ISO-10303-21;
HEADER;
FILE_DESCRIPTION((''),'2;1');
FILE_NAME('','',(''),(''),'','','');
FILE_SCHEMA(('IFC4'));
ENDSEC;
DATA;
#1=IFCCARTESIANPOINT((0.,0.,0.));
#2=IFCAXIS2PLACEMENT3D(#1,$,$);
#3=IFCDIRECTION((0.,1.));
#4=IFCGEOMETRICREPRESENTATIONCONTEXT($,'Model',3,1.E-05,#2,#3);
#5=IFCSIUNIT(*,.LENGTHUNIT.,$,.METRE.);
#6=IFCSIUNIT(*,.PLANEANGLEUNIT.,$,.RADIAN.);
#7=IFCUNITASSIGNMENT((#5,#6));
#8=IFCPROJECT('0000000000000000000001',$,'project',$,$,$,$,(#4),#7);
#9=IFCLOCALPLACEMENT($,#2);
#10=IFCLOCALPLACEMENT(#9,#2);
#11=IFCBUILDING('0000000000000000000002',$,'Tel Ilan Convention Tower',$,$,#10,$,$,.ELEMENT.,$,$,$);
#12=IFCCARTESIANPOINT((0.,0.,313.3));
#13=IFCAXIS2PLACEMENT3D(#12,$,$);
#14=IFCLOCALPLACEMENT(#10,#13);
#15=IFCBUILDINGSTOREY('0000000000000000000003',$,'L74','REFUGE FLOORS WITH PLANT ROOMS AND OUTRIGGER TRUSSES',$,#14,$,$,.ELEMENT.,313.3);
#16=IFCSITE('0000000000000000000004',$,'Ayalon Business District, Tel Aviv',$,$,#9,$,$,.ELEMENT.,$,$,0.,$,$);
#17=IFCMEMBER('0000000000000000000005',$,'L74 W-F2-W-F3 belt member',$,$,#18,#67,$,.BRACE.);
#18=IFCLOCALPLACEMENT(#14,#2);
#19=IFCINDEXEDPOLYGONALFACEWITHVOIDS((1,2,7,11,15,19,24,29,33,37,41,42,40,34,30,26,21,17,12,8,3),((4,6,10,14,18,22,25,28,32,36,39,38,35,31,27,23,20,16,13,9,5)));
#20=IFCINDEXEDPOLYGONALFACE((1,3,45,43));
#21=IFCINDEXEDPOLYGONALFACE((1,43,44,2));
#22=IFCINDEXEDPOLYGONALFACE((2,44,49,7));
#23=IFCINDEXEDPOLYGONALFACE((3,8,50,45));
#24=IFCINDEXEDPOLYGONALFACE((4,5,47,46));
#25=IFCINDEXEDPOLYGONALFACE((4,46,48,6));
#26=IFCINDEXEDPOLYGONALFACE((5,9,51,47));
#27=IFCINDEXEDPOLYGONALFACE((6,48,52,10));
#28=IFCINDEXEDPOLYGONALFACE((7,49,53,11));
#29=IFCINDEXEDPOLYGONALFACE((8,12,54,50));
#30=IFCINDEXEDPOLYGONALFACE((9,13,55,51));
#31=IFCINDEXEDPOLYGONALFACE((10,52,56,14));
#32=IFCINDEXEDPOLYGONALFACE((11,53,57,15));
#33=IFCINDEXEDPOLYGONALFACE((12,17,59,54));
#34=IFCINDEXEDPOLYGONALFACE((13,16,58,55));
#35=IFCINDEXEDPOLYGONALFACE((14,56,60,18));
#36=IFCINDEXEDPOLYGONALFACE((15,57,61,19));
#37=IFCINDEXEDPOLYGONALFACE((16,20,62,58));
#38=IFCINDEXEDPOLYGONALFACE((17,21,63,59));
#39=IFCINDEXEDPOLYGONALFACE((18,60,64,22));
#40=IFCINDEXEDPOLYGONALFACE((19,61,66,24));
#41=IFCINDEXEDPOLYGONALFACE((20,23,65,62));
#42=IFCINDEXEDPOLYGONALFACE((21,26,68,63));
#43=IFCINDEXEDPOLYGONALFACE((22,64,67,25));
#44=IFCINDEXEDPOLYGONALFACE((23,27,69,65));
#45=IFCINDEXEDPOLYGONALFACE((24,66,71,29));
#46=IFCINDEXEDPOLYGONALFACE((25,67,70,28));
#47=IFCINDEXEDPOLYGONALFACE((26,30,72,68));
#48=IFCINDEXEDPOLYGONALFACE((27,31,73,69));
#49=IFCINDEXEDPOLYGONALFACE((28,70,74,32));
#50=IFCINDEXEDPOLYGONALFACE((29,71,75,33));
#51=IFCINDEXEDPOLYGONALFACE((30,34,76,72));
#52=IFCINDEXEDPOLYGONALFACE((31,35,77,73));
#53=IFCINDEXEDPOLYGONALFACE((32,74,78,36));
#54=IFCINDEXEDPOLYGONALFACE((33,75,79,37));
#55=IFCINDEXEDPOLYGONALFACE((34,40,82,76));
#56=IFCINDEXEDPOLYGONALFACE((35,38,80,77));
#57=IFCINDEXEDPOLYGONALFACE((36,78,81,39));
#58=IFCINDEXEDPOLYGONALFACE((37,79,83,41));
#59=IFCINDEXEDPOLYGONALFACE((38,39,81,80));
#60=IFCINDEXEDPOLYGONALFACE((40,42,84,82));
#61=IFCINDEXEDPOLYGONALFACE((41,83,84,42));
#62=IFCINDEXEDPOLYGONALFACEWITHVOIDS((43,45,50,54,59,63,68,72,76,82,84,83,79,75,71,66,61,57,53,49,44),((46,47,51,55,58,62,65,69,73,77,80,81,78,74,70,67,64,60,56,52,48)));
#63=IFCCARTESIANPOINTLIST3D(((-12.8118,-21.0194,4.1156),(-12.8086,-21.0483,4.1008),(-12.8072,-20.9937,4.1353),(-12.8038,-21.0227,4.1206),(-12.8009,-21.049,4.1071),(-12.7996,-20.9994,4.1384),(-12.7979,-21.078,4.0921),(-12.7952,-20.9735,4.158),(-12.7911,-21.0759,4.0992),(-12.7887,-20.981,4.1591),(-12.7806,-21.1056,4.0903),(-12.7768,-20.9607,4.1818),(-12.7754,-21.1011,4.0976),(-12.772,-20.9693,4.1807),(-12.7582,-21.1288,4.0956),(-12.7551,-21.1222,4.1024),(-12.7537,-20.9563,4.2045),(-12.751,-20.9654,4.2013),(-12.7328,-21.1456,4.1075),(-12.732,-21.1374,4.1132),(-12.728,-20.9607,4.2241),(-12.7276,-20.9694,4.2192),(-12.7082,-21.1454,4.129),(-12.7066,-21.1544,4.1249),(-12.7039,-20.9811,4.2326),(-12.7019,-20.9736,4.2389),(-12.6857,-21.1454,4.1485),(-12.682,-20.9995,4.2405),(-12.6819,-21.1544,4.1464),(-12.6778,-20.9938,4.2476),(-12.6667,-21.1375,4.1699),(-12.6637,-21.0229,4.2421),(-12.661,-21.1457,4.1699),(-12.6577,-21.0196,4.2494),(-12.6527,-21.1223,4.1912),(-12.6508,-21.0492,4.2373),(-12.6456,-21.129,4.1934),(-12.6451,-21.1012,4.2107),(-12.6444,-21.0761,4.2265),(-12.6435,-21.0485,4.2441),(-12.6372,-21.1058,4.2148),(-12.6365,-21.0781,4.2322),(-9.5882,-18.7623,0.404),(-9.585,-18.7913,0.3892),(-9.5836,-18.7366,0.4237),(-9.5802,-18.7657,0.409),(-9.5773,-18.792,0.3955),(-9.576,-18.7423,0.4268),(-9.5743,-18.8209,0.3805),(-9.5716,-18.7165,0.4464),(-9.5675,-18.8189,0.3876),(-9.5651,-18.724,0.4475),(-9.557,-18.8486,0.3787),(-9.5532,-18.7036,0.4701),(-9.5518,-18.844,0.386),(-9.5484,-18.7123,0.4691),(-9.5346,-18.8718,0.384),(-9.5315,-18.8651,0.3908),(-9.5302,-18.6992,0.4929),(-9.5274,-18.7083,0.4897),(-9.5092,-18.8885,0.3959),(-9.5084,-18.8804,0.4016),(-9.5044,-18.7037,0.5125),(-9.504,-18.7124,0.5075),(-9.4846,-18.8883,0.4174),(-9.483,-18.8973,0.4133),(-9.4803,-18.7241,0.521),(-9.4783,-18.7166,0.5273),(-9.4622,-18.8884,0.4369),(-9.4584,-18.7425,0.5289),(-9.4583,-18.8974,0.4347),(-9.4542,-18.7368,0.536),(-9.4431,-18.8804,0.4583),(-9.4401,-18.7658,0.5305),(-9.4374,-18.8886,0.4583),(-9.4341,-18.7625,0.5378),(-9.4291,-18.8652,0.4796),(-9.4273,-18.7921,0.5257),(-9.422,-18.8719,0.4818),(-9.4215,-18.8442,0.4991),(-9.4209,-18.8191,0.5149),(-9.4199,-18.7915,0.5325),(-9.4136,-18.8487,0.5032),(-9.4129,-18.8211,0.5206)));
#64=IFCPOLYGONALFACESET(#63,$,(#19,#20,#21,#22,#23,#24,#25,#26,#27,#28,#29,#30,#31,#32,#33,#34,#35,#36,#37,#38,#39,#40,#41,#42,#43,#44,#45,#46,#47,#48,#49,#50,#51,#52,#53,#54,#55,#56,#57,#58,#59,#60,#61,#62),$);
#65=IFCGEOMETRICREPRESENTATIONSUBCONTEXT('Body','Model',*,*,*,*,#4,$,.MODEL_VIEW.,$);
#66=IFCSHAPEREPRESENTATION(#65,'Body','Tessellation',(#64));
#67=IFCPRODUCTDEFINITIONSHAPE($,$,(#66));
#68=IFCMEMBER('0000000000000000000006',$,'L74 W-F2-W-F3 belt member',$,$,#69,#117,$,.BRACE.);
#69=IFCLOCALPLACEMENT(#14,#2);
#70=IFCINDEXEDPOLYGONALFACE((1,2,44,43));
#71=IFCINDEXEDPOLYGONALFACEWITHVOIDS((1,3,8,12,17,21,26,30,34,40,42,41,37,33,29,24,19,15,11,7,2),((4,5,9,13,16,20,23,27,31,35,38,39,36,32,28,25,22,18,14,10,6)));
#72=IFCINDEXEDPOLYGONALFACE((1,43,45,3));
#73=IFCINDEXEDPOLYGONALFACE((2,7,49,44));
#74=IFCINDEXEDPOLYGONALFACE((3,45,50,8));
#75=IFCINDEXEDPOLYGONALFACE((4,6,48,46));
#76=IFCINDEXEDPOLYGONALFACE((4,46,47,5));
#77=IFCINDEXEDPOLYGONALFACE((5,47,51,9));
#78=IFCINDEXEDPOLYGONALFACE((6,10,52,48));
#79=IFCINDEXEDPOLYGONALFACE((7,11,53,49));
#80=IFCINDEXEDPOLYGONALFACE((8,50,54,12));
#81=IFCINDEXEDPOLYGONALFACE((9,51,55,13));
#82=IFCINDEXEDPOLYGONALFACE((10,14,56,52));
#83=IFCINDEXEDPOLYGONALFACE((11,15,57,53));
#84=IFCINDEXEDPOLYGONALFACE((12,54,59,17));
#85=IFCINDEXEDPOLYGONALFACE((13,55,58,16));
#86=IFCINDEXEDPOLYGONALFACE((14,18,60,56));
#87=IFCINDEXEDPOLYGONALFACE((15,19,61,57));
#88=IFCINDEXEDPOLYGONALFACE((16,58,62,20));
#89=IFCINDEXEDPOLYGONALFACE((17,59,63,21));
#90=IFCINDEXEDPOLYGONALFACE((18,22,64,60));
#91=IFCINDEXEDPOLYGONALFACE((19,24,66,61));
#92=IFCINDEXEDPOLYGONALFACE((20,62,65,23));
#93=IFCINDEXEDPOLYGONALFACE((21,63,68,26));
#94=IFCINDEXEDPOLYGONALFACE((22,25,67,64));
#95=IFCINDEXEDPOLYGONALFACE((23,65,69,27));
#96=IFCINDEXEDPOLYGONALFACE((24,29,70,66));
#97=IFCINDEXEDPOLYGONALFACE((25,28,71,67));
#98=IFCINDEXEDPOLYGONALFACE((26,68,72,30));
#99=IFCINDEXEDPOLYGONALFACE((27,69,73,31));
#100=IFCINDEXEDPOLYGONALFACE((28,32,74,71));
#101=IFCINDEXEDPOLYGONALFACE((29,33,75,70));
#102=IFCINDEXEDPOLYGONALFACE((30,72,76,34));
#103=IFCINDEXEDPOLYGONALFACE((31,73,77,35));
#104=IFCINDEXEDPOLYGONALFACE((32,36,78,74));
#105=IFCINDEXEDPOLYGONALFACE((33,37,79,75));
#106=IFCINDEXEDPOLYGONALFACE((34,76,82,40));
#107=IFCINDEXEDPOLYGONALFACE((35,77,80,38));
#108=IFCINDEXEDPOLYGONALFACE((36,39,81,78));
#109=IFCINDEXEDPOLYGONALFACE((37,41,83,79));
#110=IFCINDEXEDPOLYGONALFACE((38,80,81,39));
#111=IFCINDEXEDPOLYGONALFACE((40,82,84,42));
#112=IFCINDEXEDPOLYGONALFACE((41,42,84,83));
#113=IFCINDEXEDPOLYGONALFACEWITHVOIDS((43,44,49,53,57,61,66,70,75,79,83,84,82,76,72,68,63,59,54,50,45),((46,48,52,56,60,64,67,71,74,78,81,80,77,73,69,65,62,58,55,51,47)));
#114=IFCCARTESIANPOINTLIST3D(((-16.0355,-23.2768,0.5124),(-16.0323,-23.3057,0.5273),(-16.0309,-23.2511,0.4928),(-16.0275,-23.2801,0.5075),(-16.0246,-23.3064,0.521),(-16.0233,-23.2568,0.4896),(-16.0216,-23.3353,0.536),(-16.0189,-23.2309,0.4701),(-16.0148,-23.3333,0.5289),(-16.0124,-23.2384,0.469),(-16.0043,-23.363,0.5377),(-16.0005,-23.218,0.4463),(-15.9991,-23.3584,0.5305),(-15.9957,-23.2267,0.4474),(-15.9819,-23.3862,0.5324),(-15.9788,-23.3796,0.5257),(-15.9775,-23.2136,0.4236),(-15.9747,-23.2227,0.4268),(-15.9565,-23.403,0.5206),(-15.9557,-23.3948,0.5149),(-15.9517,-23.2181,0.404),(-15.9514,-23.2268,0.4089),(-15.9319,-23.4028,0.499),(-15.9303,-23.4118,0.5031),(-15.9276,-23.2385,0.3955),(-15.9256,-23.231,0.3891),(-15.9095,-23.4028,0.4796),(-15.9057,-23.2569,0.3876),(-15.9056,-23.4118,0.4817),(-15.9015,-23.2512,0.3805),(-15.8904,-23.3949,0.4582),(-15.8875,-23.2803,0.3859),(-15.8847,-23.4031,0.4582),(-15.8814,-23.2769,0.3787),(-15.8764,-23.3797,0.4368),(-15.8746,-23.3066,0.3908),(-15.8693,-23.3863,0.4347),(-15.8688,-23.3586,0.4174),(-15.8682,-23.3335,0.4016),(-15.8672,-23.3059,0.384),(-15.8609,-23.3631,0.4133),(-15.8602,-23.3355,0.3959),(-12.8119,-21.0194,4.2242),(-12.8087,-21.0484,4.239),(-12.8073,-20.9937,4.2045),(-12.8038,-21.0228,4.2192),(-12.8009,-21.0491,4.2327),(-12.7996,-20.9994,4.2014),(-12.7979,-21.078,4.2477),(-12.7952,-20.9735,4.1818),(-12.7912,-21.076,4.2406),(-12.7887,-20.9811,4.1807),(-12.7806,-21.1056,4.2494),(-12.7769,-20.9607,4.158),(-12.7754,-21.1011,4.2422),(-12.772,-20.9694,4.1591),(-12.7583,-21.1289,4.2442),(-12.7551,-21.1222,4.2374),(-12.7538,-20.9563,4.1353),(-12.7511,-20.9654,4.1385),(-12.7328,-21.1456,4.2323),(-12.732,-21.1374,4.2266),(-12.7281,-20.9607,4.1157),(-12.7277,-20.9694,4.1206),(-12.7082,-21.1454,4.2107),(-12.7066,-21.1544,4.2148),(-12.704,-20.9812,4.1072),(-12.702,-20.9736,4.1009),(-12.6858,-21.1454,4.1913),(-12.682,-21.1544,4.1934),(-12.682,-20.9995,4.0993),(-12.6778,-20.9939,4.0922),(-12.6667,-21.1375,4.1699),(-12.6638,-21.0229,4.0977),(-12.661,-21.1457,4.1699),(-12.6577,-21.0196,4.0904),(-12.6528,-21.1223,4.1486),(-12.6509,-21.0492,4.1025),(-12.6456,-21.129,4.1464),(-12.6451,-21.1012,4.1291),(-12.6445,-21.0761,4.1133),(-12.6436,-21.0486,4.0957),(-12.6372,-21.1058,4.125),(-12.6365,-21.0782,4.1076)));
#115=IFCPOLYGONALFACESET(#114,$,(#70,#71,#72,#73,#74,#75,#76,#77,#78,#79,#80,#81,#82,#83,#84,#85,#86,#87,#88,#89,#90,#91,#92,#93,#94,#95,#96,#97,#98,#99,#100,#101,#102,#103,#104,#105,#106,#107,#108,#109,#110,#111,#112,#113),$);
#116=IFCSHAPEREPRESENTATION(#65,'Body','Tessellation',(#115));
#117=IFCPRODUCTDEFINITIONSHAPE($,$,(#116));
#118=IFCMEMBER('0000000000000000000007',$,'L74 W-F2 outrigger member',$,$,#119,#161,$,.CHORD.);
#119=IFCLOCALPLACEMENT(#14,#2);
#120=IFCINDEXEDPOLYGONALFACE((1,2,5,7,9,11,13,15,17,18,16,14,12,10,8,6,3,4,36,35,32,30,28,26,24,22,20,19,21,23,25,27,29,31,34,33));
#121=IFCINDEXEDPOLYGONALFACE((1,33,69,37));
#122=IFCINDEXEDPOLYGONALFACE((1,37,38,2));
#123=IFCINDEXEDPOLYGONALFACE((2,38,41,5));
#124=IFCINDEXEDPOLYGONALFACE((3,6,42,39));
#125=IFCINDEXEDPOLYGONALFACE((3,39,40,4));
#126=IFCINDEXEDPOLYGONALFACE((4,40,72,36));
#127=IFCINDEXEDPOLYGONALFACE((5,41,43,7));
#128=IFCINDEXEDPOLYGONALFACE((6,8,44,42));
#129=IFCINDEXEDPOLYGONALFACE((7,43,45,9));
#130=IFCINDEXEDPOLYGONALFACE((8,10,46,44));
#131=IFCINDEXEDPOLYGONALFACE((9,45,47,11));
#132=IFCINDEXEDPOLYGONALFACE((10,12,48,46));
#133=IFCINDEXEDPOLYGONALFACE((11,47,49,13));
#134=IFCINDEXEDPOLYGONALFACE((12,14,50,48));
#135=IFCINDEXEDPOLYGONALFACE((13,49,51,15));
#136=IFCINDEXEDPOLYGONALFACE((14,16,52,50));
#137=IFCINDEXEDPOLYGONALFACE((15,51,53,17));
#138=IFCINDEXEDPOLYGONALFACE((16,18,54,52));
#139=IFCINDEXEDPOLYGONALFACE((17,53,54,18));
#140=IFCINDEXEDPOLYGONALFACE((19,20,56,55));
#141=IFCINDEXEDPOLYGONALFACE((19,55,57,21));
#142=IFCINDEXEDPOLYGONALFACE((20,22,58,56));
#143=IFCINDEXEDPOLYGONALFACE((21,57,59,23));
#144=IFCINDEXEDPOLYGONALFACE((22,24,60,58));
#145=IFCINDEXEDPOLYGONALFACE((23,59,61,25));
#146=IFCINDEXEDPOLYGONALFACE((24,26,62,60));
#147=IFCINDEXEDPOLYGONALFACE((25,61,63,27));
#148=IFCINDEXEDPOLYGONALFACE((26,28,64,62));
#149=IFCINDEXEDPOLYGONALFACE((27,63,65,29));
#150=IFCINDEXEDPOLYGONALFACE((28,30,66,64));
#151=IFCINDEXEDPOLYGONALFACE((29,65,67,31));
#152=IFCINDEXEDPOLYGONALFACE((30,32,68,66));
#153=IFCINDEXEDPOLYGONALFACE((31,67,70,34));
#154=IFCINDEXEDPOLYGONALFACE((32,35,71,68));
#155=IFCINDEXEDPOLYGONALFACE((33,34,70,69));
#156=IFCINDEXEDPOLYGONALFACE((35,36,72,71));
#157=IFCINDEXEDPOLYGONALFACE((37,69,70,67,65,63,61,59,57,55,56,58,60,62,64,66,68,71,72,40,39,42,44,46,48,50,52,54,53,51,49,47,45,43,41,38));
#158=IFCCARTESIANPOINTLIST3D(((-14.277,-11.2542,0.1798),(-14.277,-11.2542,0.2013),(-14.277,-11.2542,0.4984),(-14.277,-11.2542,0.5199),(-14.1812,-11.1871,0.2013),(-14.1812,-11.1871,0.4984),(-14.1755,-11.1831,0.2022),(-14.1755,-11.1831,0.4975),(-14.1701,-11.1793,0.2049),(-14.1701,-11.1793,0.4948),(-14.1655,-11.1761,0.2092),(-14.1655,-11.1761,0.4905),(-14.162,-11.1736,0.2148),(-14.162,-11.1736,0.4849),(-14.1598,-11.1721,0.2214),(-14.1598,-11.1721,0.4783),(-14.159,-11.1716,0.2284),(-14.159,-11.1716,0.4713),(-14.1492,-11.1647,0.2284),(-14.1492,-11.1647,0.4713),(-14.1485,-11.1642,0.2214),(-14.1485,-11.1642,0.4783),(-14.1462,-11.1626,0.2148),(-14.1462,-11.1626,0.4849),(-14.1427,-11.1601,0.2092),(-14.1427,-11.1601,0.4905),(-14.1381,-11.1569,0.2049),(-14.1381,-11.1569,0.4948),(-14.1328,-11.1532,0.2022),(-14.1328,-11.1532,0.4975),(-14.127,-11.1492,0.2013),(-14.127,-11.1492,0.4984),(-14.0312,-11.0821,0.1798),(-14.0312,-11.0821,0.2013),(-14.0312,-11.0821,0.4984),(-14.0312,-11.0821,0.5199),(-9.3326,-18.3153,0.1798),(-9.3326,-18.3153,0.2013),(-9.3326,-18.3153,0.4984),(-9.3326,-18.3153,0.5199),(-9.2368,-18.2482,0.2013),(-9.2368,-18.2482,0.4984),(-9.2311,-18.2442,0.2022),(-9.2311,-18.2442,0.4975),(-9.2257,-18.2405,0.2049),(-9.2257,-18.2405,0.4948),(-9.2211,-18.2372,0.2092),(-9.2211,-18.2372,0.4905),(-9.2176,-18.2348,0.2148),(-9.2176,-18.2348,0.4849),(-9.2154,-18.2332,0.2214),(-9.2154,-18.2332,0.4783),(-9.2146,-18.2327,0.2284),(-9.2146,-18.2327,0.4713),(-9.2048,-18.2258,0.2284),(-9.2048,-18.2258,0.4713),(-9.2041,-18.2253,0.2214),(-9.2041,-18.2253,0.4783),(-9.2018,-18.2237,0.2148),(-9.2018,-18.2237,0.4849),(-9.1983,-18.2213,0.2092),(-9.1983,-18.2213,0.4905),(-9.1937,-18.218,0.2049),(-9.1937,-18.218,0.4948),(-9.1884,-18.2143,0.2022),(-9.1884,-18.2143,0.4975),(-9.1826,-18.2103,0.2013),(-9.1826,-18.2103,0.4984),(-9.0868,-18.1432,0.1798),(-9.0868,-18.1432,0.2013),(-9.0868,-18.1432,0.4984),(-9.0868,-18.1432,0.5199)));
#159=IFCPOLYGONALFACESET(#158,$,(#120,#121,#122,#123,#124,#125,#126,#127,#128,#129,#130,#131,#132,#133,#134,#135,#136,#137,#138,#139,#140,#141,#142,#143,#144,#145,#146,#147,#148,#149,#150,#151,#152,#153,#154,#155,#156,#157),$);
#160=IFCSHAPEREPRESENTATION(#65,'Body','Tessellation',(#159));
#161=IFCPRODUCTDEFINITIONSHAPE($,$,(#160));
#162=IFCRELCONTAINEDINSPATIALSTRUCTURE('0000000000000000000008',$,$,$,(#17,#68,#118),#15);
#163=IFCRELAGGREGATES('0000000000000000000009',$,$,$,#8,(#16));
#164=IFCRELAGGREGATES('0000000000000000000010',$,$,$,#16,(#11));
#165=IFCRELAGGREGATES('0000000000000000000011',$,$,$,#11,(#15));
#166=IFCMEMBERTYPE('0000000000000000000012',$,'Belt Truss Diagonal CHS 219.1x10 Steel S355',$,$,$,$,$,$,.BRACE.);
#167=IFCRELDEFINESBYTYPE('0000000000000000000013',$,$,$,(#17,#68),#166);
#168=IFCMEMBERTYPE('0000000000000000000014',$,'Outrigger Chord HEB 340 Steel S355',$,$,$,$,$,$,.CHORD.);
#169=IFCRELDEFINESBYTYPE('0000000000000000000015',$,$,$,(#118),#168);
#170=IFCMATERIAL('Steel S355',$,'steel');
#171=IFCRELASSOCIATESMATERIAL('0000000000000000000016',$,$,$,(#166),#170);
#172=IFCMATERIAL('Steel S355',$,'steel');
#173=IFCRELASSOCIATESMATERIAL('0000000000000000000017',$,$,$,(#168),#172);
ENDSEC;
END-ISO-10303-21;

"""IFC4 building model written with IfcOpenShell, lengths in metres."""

from ifc_helpers import new_model, si_unit, direction, frame, origin, origin_2d, place, context, subcontext, project, spatial, hollow_circle, i_section, extrude, material, material_profile, profile_set, type_object, element, save


model = new_model("IFC4")

# Units and contexts
model_context = context("Model", 3, precision=1e-05, world=origin(), true_north=direction((0.0, 1.0)))
body_context = subcontext(model_context, "Body", "Model", "MODEL_VIEW")
ifc_project = project(units=[si_unit("LENGTHUNIT", "METRE"), si_unit("PLANEANGLEUNIT", "RADIAN")], contexts=[model_context])

# Site, building, storey
site_placement = place(None, origin())
site = spatial("IfcSite", under=ifc_project, at=site_placement, Name="Ayalon Business District, Tel Aviv", CompositionType="ELEMENT", RefElevation=0.0)
building_placement = place(site_placement, origin())
building = spatial("IfcBuilding", under=site, at=building_placement, Name="Tel Ilan Convention Tower", CompositionType="ELEMENT")
storey_placement = place(building_placement, frame((0.0, 0.0, 313.3)))
storey = spatial("IfcBuildingStorey", under=building, at=storey_placement, Name="L74", Description="REFUGE FLOORS WITH PLANT ROOMS AND OUTRIGGER TRUSSES", CompositionType="ELEMENT", Elevation=313.3)

# Members
ifc_material_1 = material(Name="Steel S355", Category="steel")
ifc_material_profile_1 = material_profile(ifc_material_1, hollow_circle(Radius=0.1096, WallThickness=0.01, at=origin_2d()), Name="CHS 219.1x10")
ifc_profile_set_1 = profile_set([ifc_material_profile_1], Name="Steel S355")
member_type_1 = type_object("IfcMemberType", Name="Belt Truss Diagonal CHS 219.1x10 Steel S355", PredefinedType="BRACE", material=ifc_profile_set_1)
for number, where, z_axis, x_axis, name in (
    (1, (-9.5002, -18.7988, 0.4583), (-0.59592, -0.417244, 0.686139), (0.573554, -0.819168, 0.0), "L74 W-F2-W-F3 belt member"),
):
    element("IfcMember", number, at=place(storey_placement, frame(where, z_axis=z_axis, x_axis=x_axis)), inside=storey, type_object=member_type_1, Name=name, PredefinedType="BRACE", context=body_context, shape_type="SweptSolid", body=[
        extrude(hollow_circle(Radius=0.1096, WallThickness=0.01, at=origin_2d()), origin(), (0.0, 0.0, 1.0), 5.4094),
    ])
member_placement = place(storey_placement, frame((-12.7239, -21.0559, 4.1699), z_axis=(-0.595909, -0.417281, -0.686126), x_axis=(0.573596, -0.819139, 0.0)))
element("IfcMember", 2, at=member_placement, inside=storey, type_object=member_type_1, Name="L74 W-F2-W-F3 belt member", PredefinedType="BRACE", context=body_context, shape_type="SweptSolid", body=[
    extrude(hollow_circle(Radius=0.1096, WallThickness=0.01, at=origin_2d()), origin(), (0.0, 0.0, 1.0), 5.4097),
])
ifc_material_2 = material(Name="Steel S355", Category="steel")
ifc_material_profile_2 = material_profile(ifc_material_2, i_section(OverallWidth=0.3, OverallDepth=0.3401, WebThickness=0.012, FlangeThickness=0.0215, FilletRadius=0.0271, at=origin_2d()), Name="HEB 340")
ifc_profile_set_2 = profile_set([ifc_material_profile_2], Name="Steel S355")
member_type_2 = type_object("IfcMemberType", Name="Outrigger Chord HEB 340 Steel S355", PredefinedType="CHORD", material=ifc_profile_set_2)
for number, where, z_axis, x_axis, name in (
    (3, (-9.2097, -18.2292, 0.3499), (-0.573588, 0.819144, 0.0), (-0.819144, -0.573588, 0.0), "L74 W-F2 outrigger member"),
):
    element("IfcMember", number, at=place(storey_placement, frame(where, z_axis=z_axis, x_axis=x_axis)), inside=storey, type_object=member_type_2, Name=name, PredefinedType="CHORD", context=body_context, shape_type="SweptSolid", body=[
        extrude(i_section(OverallWidth=0.3, OverallDepth=0.3401, WebThickness=0.012, FlangeThickness=0.0215, FilletRadius=0.0271, at=origin_2d()), origin(), (0.0, 0.0, 1.0), 8.6201),
    ])

save(model, "model.ifc")
